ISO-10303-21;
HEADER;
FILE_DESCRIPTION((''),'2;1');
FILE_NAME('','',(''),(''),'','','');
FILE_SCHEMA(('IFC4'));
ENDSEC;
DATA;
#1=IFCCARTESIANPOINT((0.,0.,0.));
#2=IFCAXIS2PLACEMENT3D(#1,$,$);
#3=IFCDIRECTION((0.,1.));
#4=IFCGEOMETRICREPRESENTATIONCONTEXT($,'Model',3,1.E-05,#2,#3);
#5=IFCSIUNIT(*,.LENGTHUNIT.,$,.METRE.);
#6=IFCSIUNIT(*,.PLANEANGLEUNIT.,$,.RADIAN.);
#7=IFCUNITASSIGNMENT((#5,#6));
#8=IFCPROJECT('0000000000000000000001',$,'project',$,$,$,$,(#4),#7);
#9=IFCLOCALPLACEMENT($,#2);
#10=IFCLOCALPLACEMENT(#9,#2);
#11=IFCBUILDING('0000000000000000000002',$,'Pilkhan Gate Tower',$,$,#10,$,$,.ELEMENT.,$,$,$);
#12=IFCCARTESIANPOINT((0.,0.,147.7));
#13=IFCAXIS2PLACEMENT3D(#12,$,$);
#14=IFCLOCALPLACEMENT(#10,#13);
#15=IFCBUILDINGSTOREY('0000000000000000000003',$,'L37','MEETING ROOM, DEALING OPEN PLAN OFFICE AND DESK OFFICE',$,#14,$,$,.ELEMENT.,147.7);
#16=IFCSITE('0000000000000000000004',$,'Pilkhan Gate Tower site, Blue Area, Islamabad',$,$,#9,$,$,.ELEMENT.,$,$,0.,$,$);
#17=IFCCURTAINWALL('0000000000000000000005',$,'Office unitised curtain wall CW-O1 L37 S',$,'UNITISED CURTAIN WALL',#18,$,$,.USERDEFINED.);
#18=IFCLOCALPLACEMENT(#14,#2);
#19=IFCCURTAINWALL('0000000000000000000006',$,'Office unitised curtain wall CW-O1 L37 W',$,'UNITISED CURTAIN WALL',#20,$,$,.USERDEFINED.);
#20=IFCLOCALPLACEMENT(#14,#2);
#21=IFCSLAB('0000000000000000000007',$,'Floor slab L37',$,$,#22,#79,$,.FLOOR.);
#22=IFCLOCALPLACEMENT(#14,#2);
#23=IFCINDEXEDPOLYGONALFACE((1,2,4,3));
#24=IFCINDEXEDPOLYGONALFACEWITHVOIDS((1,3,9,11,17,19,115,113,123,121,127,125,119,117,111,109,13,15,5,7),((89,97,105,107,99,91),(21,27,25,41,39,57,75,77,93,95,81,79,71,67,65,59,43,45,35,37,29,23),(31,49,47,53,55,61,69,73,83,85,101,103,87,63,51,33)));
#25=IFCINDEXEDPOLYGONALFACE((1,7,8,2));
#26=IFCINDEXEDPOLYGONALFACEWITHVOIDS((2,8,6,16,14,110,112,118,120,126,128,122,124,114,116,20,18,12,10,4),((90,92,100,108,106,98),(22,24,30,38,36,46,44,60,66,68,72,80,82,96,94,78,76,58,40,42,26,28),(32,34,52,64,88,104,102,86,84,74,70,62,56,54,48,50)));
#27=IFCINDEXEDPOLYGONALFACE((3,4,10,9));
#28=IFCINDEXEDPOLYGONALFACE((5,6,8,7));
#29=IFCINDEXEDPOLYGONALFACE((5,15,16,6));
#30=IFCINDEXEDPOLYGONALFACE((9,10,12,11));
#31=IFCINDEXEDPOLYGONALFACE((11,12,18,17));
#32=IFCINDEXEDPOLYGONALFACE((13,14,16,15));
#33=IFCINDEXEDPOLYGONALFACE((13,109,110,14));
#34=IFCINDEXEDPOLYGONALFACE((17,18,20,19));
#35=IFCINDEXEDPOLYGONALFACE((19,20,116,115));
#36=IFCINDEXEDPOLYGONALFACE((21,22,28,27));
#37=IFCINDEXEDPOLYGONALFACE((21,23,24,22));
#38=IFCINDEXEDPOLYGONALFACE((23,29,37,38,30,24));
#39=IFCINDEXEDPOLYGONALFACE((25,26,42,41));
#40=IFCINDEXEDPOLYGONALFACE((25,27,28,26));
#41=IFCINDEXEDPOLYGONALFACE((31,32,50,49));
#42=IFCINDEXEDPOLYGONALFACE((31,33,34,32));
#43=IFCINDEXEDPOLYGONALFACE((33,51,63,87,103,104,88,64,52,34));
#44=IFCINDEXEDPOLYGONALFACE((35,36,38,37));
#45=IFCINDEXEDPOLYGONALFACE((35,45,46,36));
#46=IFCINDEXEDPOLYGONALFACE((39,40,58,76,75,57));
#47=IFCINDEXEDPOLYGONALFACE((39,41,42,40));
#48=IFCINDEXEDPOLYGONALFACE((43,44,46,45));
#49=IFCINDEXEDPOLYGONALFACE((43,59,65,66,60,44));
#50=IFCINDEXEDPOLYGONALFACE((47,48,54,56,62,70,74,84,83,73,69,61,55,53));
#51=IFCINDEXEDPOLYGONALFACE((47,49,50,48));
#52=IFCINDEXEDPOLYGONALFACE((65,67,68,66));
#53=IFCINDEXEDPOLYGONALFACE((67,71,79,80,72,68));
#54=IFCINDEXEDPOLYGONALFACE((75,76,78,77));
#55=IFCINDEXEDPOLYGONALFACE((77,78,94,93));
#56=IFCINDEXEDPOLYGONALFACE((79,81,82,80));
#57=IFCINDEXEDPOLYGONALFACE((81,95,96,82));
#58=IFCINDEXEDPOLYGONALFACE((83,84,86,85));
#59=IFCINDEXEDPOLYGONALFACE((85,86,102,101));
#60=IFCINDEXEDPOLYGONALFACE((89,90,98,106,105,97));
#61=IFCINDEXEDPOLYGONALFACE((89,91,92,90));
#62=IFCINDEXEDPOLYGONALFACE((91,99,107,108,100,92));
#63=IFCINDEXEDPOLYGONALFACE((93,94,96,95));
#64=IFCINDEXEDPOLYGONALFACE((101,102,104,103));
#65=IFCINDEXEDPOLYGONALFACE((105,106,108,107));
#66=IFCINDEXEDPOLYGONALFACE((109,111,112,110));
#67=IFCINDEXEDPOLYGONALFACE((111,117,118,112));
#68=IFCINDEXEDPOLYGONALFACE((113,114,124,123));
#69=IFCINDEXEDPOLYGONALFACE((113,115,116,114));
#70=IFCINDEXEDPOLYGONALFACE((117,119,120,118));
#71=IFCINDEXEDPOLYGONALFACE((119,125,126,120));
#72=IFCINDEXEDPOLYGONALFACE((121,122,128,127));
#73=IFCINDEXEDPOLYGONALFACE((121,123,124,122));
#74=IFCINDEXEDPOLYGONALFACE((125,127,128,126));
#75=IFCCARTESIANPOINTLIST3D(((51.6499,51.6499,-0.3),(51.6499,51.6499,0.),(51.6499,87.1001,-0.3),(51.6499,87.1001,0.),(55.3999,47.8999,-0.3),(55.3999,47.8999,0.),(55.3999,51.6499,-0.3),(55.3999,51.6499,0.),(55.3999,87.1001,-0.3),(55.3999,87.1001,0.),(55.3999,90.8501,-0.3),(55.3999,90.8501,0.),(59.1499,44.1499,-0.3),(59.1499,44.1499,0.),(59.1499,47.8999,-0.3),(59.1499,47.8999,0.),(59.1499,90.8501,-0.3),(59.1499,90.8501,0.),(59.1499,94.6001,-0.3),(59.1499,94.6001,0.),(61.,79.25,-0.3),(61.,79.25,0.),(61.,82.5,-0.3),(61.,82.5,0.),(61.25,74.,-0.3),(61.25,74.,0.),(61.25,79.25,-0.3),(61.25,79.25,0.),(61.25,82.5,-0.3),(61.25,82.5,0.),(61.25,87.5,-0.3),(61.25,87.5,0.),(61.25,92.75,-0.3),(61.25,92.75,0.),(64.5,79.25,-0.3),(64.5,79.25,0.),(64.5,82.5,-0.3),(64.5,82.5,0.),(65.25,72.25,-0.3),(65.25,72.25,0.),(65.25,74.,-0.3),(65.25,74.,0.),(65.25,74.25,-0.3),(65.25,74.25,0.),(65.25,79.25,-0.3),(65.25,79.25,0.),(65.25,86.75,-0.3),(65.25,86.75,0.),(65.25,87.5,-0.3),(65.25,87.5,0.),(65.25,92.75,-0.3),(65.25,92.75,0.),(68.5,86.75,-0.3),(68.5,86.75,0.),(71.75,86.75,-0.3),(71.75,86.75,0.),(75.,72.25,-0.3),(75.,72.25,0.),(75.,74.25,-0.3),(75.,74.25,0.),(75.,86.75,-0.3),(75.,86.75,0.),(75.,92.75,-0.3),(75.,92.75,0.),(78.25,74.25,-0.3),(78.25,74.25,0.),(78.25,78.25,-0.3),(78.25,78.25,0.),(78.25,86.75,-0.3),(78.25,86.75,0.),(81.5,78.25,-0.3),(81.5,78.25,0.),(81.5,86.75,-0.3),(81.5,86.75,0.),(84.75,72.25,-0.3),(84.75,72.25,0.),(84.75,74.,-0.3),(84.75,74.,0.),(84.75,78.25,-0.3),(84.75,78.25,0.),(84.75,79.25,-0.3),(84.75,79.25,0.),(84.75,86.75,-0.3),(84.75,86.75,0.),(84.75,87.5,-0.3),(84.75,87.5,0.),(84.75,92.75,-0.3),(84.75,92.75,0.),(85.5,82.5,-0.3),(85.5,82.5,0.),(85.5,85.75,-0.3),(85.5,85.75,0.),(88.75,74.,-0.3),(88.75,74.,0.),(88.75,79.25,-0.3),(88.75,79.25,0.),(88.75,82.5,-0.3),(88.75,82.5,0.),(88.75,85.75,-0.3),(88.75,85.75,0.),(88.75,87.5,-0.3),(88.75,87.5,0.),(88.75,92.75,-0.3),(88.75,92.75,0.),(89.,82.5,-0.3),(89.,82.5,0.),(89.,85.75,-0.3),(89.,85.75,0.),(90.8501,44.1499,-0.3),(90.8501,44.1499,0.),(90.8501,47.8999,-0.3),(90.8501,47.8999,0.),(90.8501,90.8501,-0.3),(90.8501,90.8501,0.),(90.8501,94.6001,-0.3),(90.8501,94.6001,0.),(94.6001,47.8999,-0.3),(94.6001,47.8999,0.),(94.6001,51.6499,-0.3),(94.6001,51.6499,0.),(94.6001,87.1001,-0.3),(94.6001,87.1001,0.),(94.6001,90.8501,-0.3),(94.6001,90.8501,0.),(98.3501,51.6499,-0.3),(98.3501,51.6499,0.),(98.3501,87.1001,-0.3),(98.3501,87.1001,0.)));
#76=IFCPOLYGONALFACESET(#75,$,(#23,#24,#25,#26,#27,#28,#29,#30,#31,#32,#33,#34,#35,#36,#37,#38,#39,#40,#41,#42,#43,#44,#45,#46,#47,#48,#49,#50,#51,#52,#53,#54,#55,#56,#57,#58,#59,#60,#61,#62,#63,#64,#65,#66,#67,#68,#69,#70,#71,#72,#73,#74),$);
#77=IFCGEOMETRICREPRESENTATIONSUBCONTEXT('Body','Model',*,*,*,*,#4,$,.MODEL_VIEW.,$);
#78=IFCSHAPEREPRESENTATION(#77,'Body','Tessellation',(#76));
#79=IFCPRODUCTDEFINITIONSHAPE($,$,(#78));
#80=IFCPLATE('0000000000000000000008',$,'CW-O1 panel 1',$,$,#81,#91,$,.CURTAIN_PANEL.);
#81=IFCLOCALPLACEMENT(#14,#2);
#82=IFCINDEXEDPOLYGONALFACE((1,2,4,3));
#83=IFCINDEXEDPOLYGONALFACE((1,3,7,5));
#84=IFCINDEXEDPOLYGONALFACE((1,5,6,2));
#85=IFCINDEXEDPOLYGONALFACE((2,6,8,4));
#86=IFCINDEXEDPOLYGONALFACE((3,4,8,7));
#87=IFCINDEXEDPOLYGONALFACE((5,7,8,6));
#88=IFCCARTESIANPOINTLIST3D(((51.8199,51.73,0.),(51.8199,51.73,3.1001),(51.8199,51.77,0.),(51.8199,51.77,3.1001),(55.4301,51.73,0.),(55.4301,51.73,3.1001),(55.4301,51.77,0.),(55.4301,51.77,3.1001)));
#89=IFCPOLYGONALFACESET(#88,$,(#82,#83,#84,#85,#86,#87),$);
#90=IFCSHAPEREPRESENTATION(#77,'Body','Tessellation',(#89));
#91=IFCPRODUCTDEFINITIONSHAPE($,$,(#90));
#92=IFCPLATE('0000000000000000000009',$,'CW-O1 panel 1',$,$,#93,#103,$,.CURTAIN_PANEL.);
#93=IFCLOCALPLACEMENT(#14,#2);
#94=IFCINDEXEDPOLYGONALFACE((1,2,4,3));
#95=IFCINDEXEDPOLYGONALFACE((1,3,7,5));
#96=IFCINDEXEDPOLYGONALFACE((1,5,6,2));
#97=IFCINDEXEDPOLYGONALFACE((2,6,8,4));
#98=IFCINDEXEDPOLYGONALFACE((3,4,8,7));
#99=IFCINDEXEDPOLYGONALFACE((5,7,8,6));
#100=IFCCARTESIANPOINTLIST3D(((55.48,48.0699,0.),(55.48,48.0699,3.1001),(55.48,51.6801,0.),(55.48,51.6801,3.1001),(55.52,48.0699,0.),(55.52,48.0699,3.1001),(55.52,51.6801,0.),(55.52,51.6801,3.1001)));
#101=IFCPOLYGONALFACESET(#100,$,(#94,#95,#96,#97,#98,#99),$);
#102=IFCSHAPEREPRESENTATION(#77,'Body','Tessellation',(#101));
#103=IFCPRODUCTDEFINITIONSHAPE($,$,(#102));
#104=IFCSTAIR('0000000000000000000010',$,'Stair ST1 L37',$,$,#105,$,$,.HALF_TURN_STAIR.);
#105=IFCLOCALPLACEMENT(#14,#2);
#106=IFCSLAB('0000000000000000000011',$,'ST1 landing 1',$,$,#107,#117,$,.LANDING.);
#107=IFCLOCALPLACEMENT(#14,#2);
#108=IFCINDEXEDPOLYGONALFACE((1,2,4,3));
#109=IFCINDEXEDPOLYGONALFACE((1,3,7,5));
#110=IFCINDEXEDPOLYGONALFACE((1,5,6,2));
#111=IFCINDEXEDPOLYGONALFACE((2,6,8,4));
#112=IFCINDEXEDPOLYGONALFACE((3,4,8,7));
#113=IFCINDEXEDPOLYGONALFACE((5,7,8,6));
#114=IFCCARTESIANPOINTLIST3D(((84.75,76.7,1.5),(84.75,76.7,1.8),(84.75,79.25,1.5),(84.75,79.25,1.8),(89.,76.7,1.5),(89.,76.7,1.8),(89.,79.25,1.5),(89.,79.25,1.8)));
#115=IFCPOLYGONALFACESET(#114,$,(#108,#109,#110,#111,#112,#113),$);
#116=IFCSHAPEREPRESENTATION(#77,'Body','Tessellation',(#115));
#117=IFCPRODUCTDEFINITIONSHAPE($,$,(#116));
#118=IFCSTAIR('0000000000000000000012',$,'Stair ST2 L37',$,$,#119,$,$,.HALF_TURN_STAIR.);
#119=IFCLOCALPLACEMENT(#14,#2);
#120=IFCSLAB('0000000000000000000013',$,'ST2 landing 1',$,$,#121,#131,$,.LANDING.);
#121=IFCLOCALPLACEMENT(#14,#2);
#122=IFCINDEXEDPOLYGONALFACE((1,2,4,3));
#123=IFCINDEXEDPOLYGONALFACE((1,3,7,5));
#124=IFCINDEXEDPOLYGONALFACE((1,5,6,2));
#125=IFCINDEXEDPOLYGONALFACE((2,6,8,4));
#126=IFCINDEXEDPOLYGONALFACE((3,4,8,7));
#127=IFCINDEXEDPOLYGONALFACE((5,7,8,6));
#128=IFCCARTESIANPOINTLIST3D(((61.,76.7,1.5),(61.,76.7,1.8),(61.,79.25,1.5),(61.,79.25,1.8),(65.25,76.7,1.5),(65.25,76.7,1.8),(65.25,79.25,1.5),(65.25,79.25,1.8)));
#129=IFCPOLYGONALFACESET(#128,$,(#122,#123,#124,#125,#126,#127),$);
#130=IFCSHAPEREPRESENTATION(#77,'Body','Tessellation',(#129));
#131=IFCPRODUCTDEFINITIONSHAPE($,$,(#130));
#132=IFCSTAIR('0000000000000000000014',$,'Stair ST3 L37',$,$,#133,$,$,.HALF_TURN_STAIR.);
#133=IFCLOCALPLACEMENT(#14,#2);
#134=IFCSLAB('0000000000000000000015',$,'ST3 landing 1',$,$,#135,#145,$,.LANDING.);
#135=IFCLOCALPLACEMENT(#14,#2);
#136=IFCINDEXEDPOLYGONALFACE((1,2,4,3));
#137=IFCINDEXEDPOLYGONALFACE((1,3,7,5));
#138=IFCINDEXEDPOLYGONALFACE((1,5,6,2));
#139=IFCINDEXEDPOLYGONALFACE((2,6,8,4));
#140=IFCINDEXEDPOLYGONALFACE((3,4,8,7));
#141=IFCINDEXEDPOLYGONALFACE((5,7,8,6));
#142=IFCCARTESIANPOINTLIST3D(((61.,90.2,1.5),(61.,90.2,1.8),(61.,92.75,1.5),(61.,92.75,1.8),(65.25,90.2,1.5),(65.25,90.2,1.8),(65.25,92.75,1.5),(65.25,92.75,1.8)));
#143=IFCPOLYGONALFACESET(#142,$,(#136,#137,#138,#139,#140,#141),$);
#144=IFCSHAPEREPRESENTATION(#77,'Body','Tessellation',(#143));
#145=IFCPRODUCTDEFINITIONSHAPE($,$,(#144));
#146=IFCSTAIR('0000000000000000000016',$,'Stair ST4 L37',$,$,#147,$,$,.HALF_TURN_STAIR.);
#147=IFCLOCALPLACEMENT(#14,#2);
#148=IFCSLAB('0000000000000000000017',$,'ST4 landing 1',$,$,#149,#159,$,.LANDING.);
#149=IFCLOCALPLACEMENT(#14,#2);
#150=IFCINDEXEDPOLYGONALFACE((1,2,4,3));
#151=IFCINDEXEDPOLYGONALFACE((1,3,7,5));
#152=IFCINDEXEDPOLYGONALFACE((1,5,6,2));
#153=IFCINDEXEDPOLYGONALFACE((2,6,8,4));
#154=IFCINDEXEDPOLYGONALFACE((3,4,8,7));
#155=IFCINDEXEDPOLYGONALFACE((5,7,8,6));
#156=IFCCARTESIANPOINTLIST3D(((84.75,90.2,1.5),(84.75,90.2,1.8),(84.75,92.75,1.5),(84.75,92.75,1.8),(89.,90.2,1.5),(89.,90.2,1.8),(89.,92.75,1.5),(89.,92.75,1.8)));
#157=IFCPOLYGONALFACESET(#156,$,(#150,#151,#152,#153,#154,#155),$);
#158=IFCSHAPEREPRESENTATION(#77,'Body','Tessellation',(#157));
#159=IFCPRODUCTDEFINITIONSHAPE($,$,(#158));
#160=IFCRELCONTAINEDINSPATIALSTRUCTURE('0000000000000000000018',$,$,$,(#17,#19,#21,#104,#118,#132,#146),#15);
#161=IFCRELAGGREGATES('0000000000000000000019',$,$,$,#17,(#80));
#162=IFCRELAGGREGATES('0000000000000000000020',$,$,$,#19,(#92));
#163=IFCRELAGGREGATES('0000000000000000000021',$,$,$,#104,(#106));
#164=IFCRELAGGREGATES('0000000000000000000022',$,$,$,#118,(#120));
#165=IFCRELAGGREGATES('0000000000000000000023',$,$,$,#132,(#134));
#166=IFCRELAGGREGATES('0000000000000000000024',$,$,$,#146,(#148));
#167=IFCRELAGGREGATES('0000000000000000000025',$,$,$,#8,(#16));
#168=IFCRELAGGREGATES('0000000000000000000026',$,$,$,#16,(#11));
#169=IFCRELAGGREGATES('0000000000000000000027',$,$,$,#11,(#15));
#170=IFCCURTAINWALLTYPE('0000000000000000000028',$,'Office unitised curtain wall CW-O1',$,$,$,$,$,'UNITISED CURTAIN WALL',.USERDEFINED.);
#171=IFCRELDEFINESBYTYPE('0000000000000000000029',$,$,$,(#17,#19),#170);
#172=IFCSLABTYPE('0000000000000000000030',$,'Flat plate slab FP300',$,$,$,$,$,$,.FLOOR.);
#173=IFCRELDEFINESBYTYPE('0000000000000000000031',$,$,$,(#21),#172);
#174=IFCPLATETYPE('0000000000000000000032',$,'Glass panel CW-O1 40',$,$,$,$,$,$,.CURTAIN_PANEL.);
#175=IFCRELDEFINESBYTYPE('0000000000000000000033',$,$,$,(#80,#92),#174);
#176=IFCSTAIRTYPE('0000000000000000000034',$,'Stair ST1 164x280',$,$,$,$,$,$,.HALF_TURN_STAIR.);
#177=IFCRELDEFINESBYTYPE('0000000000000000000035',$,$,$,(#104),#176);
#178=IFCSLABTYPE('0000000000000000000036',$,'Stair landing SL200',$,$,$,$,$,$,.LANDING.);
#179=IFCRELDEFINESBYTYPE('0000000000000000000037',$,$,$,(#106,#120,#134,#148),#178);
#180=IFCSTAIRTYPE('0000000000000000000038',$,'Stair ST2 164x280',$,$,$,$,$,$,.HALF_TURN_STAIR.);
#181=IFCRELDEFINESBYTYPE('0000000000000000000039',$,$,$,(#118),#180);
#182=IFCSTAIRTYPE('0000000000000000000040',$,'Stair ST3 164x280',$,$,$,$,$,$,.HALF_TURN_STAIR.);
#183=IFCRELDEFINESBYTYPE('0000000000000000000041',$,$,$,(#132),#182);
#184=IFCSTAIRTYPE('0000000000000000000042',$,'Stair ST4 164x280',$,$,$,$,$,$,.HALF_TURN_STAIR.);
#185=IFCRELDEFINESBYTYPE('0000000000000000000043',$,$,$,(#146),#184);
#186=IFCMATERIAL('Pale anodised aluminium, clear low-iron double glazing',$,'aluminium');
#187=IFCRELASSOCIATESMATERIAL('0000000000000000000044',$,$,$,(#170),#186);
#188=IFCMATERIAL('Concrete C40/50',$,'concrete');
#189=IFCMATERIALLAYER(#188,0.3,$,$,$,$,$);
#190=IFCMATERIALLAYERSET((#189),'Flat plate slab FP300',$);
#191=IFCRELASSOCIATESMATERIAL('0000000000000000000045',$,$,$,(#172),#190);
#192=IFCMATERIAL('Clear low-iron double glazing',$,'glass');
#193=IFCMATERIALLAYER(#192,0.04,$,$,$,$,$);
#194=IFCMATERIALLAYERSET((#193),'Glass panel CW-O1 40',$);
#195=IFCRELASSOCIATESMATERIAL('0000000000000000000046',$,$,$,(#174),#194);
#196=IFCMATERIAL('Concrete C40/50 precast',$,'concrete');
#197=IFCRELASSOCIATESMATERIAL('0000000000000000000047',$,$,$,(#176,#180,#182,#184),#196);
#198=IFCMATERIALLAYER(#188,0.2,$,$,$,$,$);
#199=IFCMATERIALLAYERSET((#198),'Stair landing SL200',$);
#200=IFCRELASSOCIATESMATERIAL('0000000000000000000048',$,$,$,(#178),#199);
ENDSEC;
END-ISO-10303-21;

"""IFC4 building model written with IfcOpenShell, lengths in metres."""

from ifc_helpers import new_model, si_unit, direction, frame, origin, origin_2d, place, context, subcontext, project, spatial, polyline, rectangle, outline, extrude, material, layer, layer_set, type_object, element, aggregate, save


model = new_model("IFC4")

# Units and contexts
model_context = context("Model", 3, precision=1e-05, world=origin(), true_north=direction((0.0, 1.0)))
body_context = subcontext(model_context, "Body", "Model", "MODEL_VIEW")
ifc_project = project(units=[si_unit("LENGTHUNIT", "METRE"), si_unit("PLANEANGLEUNIT", "RADIAN")], contexts=[model_context])

# Site, building, storey
site_placement = place(None, origin())
site = spatial("IfcSite", under=ifc_project, at=site_placement, Name="Pilkhan Gate Tower site, Blue Area, Islamabad", CompositionType="ELEMENT", RefElevation=0.0)
building_placement = place(site_placement, origin())
building = spatial("IfcBuilding", under=site, at=building_placement, Name="Pilkhan Gate Tower", CompositionType="ELEMENT")
storey_placement = place(building_placement, frame((0.0, 0.0, 147.7)))
storey = spatial("IfcBuildingStorey", under=building, at=storey_placement, Name="L37", Description="MEETING ROOM, DEALING OPEN PLAN OFFICE AND DESK OFFICE", CompositionType="ELEMENT", Elevation=147.7)

# Shared definitions
ifc_material_1 = material(Name="Pale anodised aluminium, clear low-iron double glazing", Category="aluminium")
curtain_wall_type = type_object("IfcCurtainWallType", Name="Office unitised curtain wall CW-O1", ElementType="UNITISED CURTAIN WALL", PredefinedType="USERDEFINED", material=ifc_material_1)

# Curtain walls
curtain_wall_1_placement = place(storey_placement, origin())
curtain_wall_1 = element("IfcCurtainWall", 1, at=curtain_wall_1_placement, inside=storey, type_object=curtain_wall_type, Name="Office unitised curtain wall CW-O1 L37 S", ObjectType="UNITISED CURTAIN WALL", PredefinedType="USERDEFINED")
curtain_wall_2_placement = place(storey_placement, origin())
curtain_wall_2 = element("IfcCurtainWall", 2, at=curtain_wall_2_placement, inside=storey, type_object=curtain_wall_type, Name="Office unitised curtain wall CW-O1 L37 W", ObjectType="UNITISED CURTAIN WALL", PredefinedType="USERDEFINED")

# Slab
ifc_material_2 = material(Name="Concrete C40/50", Category="concrete")
ifc_layer_1 = layer(ifc_material_2, 0.3)
ifc_layer_set_1 = layer_set([ifc_layer_1], Name="Flat plate slab FP300")
slab_type_1 = type_object("IfcSlabType", Name="Flat plate slab FP300", PredefinedType="FLOOR", material=ifc_layer_set_1)
slab_1_placement = place(storey_placement, frame((0.0, 0.0, -0.3)))
element("IfcSlab", 3, at=slab_1_placement, inside=storey, type_object=slab_type_1, Name="Floor slab L37", PredefinedType="FLOOR", context=body_context, shape_type="SweptSolid", body=[
    extrude(outline(polyline([(94.6001, 47.8999), (90.8501, 47.8999), (90.8501, 44.1499), (59.1499, 44.1499), (59.1499, 47.8999), (55.3999, 47.8999), (55.3999, 51.6499), (51.6499, 51.6499), (51.6499, 87.1001), (55.3999, 87.1001), (55.3999, 90.8501), (59.1499, 90.8501), (59.1499, 94.6001), (90.8501, 94.6001), (90.8501, 90.8501), (94.6001, 90.8501), (94.6001, 87.1001), (98.3501, 87.1001), (98.3501, 51.6499), (94.6001, 51.6499), (94.6001, 47.8999)]), holes=[polyline([(75.0, 72.25), (84.75, 72.25), (84.75, 74.0), (88.75, 74.0), (88.75, 79.25), (84.75, 79.25), (84.75, 78.25), (81.5, 78.25), (78.25, 78.25), (78.25, 74.25), (75.0, 74.25), (65.25, 74.25), (65.25, 79.25), (64.5, 79.25), (64.5, 82.5), (61.25, 82.5), (61.0, 82.5), (61.0, 79.25), (61.25, 79.25), (61.25, 74.0), (65.25, 74.0), (65.25, 72.25), (75.0, 72.25)]), polyline([(68.5, 86.75), (71.75, 86.75), (75.0, 86.75), (78.25, 86.75), (81.5, 86.75), (84.75, 86.75), (84.75, 87.5), (88.75, 87.5), (88.75, 92.75), (84.75, 92.75), (75.0, 92.75), (65.25, 92.75), (61.25, 92.75), (61.25, 87.5), (65.25, 87.5), (65.25, 86.75), (68.5, 86.75)]), polyline([(85.5, 85.75), (85.5, 82.5), (88.75, 82.5), (89.0, 82.5), (89.0, 85.75), (88.75, 85.75), (85.5, 85.75)])]), origin(), (0.0, 0.0, 1.0), 0.3),
])

# Plates
ifc_material_3 = material(Name="Clear low-iron double glazing", Category="glass")
ifc_layer_2 = layer(ifc_material_3, 0.04)
ifc_layer_set_2 = layer_set([ifc_layer_2], Name="Glass panel CW-O1 40")
plate_type = type_object("IfcPlateType", Name="Glass panel CW-O1 40", PredefinedType="CURTAIN_PANEL", material=ifc_layer_set_2)
plate_1_placement = place(storey_placement, frame((53.625, 51.75, 0.0), z_axis=(0.0, 0.0, 1.0), x_axis=(1.0, 0.0, 0.0)))
plate_1 = element("IfcPlate", 4, at=plate_1_placement, type_object=plate_type, Name="CW-O1 panel 1", PredefinedType="CURTAIN_PANEL", context=body_context, shape_type="SweptSolid", body=[
    extrude(rectangle(XDim=3.6101, YDim=0.04, at=origin_2d()), origin(), (0.0, 0.0, 1.0), 3.1001),
])
aggregate(curtain_wall_1, [plate_1])
plate_2_placement = place(storey_placement, frame((55.5, 49.875, 0.0), z_axis=(0.0, 0.0, 1.0), x_axis=(0.0, 1.0, 0.0)))
plate_2 = element("IfcPlate", 5, at=plate_2_placement, type_object=plate_type, Name="CW-O1 panel 1", PredefinedType="CURTAIN_PANEL", context=body_context, shape_type="SweptSolid", body=[
    extrude(rectangle(XDim=3.6101, YDim=0.04, at=origin_2d()), origin(), (0.0, 0.0, 1.0), 3.1001),
])
aggregate(curtain_wall_2, [plate_2])

# Stairs, slabs
ifc_material_4 = material(Name="Concrete C40/50 precast", Category="concrete")
stair_type_1 = type_object("IfcStairType", Name="Stair ST1 164x280", PredefinedType="HALF_TURN_STAIR", material=ifc_material_4)
stair_1_placement = place(storey_placement, origin())
stair_1 = element("IfcStair", 6, at=stair_1_placement, inside=storey, type_object=stair_type_1, Name="Stair ST1 L37", PredefinedType="HALF_TURN_STAIR")
ifc_layer_3 = layer(ifc_material_2, 0.2)
ifc_layer_set_3 = layer_set([ifc_layer_3], Name="Stair landing SL200")
slab_type_2 = type_object("IfcSlabType", Name="Stair landing SL200", PredefinedType="LANDING", material=ifc_layer_set_3)
slab_2_placement = place(storey_placement, frame((0.0, 0.0, 1.5)))
slab_2 = element("IfcSlab", 7, at=slab_2_placement, type_object=slab_type_2, Name="ST1 landing 1", PredefinedType="LANDING", context=body_context, shape_type="SweptSolid", body=[
    extrude(outline(polyline([(89.0, 76.7), (89.0, 79.25), (84.75, 79.25), (84.75, 76.7), (89.0, 76.7)])), origin(), (0.0, 0.0, 1.0), 0.3),
])
aggregate(stair_1, [slab_2])
stair_type_2 = type_object("IfcStairType", Name="Stair ST2 164x280", PredefinedType="HALF_TURN_STAIR", material=ifc_material_4)
stair_2_placement = place(storey_placement, origin())
stair_2 = element("IfcStair", 8, at=stair_2_placement, inside=storey, type_object=stair_type_2, Name="Stair ST2 L37", PredefinedType="HALF_TURN_STAIR")
slab_3_placement = place(storey_placement, frame((0.0, 0.0, 1.5)))
slab_3 = element("IfcSlab", 9, at=slab_3_placement, type_object=slab_type_2, Name="ST2 landing 1", PredefinedType="LANDING", context=body_context, shape_type="SweptSolid", body=[
    extrude(outline(polyline([(65.25, 76.7), (65.25, 79.25), (61.0, 79.25), (61.0, 76.7), (65.25, 76.7)])), origin(), (0.0, 0.0, 1.0), 0.3),
])
aggregate(stair_2, [slab_3])
stair_type_3 = type_object("IfcStairType", Name="Stair ST3 164x280", PredefinedType="HALF_TURN_STAIR", material=ifc_material_4)
stair_3_placement = place(storey_placement, origin())
stair_3 = element("IfcStair", 10, at=stair_3_placement, inside=storey, type_object=stair_type_3, Name="Stair ST3 L37", PredefinedType="HALF_TURN_STAIR")
slab_4_placement = place(storey_placement, frame((0.0, 0.0, 1.5)))
slab_4 = element("IfcSlab", 11, at=slab_4_placement, type_object=slab_type_2, Name="ST3 landing 1", PredefinedType="LANDING", context=body_context, shape_type="SweptSolid", body=[
    extrude(outline(polyline([(65.25, 90.2), (65.25, 92.75), (61.0, 92.75), (61.0, 90.2), (65.25, 90.2)])), origin(), (0.0, 0.0, 1.0), 0.3),
])
aggregate(stair_3, [slab_4])
stair_type_4 = type_object("IfcStairType", Name="Stair ST4 164x280", PredefinedType="HALF_TURN_STAIR", material=ifc_material_4)
stair_4_placement = place(storey_placement, origin())
stair_4 = element("IfcStair", 12, at=stair_4_placement, inside=storey, type_object=stair_type_4, Name="Stair ST4 L37", PredefinedType="HALF_TURN_STAIR")
slab_5_placement = place(storey_placement, frame((0.0, 0.0, 1.5)))
slab_5 = element("IfcSlab", 13, at=slab_5_placement, type_object=slab_type_2, Name="ST4 landing 1", PredefinedType="LANDING", context=body_context, shape_type="SweptSolid", body=[
    extrude(outline(polyline([(89.0, 90.2), (89.0, 92.75), (84.75, 92.75), (84.75, 90.2), (89.0, 90.2)])), origin(), (0.0, 0.0, 1.0), 0.3),
])
aggregate(stair_4, [slab_5])

save(model, "model.ifc")
